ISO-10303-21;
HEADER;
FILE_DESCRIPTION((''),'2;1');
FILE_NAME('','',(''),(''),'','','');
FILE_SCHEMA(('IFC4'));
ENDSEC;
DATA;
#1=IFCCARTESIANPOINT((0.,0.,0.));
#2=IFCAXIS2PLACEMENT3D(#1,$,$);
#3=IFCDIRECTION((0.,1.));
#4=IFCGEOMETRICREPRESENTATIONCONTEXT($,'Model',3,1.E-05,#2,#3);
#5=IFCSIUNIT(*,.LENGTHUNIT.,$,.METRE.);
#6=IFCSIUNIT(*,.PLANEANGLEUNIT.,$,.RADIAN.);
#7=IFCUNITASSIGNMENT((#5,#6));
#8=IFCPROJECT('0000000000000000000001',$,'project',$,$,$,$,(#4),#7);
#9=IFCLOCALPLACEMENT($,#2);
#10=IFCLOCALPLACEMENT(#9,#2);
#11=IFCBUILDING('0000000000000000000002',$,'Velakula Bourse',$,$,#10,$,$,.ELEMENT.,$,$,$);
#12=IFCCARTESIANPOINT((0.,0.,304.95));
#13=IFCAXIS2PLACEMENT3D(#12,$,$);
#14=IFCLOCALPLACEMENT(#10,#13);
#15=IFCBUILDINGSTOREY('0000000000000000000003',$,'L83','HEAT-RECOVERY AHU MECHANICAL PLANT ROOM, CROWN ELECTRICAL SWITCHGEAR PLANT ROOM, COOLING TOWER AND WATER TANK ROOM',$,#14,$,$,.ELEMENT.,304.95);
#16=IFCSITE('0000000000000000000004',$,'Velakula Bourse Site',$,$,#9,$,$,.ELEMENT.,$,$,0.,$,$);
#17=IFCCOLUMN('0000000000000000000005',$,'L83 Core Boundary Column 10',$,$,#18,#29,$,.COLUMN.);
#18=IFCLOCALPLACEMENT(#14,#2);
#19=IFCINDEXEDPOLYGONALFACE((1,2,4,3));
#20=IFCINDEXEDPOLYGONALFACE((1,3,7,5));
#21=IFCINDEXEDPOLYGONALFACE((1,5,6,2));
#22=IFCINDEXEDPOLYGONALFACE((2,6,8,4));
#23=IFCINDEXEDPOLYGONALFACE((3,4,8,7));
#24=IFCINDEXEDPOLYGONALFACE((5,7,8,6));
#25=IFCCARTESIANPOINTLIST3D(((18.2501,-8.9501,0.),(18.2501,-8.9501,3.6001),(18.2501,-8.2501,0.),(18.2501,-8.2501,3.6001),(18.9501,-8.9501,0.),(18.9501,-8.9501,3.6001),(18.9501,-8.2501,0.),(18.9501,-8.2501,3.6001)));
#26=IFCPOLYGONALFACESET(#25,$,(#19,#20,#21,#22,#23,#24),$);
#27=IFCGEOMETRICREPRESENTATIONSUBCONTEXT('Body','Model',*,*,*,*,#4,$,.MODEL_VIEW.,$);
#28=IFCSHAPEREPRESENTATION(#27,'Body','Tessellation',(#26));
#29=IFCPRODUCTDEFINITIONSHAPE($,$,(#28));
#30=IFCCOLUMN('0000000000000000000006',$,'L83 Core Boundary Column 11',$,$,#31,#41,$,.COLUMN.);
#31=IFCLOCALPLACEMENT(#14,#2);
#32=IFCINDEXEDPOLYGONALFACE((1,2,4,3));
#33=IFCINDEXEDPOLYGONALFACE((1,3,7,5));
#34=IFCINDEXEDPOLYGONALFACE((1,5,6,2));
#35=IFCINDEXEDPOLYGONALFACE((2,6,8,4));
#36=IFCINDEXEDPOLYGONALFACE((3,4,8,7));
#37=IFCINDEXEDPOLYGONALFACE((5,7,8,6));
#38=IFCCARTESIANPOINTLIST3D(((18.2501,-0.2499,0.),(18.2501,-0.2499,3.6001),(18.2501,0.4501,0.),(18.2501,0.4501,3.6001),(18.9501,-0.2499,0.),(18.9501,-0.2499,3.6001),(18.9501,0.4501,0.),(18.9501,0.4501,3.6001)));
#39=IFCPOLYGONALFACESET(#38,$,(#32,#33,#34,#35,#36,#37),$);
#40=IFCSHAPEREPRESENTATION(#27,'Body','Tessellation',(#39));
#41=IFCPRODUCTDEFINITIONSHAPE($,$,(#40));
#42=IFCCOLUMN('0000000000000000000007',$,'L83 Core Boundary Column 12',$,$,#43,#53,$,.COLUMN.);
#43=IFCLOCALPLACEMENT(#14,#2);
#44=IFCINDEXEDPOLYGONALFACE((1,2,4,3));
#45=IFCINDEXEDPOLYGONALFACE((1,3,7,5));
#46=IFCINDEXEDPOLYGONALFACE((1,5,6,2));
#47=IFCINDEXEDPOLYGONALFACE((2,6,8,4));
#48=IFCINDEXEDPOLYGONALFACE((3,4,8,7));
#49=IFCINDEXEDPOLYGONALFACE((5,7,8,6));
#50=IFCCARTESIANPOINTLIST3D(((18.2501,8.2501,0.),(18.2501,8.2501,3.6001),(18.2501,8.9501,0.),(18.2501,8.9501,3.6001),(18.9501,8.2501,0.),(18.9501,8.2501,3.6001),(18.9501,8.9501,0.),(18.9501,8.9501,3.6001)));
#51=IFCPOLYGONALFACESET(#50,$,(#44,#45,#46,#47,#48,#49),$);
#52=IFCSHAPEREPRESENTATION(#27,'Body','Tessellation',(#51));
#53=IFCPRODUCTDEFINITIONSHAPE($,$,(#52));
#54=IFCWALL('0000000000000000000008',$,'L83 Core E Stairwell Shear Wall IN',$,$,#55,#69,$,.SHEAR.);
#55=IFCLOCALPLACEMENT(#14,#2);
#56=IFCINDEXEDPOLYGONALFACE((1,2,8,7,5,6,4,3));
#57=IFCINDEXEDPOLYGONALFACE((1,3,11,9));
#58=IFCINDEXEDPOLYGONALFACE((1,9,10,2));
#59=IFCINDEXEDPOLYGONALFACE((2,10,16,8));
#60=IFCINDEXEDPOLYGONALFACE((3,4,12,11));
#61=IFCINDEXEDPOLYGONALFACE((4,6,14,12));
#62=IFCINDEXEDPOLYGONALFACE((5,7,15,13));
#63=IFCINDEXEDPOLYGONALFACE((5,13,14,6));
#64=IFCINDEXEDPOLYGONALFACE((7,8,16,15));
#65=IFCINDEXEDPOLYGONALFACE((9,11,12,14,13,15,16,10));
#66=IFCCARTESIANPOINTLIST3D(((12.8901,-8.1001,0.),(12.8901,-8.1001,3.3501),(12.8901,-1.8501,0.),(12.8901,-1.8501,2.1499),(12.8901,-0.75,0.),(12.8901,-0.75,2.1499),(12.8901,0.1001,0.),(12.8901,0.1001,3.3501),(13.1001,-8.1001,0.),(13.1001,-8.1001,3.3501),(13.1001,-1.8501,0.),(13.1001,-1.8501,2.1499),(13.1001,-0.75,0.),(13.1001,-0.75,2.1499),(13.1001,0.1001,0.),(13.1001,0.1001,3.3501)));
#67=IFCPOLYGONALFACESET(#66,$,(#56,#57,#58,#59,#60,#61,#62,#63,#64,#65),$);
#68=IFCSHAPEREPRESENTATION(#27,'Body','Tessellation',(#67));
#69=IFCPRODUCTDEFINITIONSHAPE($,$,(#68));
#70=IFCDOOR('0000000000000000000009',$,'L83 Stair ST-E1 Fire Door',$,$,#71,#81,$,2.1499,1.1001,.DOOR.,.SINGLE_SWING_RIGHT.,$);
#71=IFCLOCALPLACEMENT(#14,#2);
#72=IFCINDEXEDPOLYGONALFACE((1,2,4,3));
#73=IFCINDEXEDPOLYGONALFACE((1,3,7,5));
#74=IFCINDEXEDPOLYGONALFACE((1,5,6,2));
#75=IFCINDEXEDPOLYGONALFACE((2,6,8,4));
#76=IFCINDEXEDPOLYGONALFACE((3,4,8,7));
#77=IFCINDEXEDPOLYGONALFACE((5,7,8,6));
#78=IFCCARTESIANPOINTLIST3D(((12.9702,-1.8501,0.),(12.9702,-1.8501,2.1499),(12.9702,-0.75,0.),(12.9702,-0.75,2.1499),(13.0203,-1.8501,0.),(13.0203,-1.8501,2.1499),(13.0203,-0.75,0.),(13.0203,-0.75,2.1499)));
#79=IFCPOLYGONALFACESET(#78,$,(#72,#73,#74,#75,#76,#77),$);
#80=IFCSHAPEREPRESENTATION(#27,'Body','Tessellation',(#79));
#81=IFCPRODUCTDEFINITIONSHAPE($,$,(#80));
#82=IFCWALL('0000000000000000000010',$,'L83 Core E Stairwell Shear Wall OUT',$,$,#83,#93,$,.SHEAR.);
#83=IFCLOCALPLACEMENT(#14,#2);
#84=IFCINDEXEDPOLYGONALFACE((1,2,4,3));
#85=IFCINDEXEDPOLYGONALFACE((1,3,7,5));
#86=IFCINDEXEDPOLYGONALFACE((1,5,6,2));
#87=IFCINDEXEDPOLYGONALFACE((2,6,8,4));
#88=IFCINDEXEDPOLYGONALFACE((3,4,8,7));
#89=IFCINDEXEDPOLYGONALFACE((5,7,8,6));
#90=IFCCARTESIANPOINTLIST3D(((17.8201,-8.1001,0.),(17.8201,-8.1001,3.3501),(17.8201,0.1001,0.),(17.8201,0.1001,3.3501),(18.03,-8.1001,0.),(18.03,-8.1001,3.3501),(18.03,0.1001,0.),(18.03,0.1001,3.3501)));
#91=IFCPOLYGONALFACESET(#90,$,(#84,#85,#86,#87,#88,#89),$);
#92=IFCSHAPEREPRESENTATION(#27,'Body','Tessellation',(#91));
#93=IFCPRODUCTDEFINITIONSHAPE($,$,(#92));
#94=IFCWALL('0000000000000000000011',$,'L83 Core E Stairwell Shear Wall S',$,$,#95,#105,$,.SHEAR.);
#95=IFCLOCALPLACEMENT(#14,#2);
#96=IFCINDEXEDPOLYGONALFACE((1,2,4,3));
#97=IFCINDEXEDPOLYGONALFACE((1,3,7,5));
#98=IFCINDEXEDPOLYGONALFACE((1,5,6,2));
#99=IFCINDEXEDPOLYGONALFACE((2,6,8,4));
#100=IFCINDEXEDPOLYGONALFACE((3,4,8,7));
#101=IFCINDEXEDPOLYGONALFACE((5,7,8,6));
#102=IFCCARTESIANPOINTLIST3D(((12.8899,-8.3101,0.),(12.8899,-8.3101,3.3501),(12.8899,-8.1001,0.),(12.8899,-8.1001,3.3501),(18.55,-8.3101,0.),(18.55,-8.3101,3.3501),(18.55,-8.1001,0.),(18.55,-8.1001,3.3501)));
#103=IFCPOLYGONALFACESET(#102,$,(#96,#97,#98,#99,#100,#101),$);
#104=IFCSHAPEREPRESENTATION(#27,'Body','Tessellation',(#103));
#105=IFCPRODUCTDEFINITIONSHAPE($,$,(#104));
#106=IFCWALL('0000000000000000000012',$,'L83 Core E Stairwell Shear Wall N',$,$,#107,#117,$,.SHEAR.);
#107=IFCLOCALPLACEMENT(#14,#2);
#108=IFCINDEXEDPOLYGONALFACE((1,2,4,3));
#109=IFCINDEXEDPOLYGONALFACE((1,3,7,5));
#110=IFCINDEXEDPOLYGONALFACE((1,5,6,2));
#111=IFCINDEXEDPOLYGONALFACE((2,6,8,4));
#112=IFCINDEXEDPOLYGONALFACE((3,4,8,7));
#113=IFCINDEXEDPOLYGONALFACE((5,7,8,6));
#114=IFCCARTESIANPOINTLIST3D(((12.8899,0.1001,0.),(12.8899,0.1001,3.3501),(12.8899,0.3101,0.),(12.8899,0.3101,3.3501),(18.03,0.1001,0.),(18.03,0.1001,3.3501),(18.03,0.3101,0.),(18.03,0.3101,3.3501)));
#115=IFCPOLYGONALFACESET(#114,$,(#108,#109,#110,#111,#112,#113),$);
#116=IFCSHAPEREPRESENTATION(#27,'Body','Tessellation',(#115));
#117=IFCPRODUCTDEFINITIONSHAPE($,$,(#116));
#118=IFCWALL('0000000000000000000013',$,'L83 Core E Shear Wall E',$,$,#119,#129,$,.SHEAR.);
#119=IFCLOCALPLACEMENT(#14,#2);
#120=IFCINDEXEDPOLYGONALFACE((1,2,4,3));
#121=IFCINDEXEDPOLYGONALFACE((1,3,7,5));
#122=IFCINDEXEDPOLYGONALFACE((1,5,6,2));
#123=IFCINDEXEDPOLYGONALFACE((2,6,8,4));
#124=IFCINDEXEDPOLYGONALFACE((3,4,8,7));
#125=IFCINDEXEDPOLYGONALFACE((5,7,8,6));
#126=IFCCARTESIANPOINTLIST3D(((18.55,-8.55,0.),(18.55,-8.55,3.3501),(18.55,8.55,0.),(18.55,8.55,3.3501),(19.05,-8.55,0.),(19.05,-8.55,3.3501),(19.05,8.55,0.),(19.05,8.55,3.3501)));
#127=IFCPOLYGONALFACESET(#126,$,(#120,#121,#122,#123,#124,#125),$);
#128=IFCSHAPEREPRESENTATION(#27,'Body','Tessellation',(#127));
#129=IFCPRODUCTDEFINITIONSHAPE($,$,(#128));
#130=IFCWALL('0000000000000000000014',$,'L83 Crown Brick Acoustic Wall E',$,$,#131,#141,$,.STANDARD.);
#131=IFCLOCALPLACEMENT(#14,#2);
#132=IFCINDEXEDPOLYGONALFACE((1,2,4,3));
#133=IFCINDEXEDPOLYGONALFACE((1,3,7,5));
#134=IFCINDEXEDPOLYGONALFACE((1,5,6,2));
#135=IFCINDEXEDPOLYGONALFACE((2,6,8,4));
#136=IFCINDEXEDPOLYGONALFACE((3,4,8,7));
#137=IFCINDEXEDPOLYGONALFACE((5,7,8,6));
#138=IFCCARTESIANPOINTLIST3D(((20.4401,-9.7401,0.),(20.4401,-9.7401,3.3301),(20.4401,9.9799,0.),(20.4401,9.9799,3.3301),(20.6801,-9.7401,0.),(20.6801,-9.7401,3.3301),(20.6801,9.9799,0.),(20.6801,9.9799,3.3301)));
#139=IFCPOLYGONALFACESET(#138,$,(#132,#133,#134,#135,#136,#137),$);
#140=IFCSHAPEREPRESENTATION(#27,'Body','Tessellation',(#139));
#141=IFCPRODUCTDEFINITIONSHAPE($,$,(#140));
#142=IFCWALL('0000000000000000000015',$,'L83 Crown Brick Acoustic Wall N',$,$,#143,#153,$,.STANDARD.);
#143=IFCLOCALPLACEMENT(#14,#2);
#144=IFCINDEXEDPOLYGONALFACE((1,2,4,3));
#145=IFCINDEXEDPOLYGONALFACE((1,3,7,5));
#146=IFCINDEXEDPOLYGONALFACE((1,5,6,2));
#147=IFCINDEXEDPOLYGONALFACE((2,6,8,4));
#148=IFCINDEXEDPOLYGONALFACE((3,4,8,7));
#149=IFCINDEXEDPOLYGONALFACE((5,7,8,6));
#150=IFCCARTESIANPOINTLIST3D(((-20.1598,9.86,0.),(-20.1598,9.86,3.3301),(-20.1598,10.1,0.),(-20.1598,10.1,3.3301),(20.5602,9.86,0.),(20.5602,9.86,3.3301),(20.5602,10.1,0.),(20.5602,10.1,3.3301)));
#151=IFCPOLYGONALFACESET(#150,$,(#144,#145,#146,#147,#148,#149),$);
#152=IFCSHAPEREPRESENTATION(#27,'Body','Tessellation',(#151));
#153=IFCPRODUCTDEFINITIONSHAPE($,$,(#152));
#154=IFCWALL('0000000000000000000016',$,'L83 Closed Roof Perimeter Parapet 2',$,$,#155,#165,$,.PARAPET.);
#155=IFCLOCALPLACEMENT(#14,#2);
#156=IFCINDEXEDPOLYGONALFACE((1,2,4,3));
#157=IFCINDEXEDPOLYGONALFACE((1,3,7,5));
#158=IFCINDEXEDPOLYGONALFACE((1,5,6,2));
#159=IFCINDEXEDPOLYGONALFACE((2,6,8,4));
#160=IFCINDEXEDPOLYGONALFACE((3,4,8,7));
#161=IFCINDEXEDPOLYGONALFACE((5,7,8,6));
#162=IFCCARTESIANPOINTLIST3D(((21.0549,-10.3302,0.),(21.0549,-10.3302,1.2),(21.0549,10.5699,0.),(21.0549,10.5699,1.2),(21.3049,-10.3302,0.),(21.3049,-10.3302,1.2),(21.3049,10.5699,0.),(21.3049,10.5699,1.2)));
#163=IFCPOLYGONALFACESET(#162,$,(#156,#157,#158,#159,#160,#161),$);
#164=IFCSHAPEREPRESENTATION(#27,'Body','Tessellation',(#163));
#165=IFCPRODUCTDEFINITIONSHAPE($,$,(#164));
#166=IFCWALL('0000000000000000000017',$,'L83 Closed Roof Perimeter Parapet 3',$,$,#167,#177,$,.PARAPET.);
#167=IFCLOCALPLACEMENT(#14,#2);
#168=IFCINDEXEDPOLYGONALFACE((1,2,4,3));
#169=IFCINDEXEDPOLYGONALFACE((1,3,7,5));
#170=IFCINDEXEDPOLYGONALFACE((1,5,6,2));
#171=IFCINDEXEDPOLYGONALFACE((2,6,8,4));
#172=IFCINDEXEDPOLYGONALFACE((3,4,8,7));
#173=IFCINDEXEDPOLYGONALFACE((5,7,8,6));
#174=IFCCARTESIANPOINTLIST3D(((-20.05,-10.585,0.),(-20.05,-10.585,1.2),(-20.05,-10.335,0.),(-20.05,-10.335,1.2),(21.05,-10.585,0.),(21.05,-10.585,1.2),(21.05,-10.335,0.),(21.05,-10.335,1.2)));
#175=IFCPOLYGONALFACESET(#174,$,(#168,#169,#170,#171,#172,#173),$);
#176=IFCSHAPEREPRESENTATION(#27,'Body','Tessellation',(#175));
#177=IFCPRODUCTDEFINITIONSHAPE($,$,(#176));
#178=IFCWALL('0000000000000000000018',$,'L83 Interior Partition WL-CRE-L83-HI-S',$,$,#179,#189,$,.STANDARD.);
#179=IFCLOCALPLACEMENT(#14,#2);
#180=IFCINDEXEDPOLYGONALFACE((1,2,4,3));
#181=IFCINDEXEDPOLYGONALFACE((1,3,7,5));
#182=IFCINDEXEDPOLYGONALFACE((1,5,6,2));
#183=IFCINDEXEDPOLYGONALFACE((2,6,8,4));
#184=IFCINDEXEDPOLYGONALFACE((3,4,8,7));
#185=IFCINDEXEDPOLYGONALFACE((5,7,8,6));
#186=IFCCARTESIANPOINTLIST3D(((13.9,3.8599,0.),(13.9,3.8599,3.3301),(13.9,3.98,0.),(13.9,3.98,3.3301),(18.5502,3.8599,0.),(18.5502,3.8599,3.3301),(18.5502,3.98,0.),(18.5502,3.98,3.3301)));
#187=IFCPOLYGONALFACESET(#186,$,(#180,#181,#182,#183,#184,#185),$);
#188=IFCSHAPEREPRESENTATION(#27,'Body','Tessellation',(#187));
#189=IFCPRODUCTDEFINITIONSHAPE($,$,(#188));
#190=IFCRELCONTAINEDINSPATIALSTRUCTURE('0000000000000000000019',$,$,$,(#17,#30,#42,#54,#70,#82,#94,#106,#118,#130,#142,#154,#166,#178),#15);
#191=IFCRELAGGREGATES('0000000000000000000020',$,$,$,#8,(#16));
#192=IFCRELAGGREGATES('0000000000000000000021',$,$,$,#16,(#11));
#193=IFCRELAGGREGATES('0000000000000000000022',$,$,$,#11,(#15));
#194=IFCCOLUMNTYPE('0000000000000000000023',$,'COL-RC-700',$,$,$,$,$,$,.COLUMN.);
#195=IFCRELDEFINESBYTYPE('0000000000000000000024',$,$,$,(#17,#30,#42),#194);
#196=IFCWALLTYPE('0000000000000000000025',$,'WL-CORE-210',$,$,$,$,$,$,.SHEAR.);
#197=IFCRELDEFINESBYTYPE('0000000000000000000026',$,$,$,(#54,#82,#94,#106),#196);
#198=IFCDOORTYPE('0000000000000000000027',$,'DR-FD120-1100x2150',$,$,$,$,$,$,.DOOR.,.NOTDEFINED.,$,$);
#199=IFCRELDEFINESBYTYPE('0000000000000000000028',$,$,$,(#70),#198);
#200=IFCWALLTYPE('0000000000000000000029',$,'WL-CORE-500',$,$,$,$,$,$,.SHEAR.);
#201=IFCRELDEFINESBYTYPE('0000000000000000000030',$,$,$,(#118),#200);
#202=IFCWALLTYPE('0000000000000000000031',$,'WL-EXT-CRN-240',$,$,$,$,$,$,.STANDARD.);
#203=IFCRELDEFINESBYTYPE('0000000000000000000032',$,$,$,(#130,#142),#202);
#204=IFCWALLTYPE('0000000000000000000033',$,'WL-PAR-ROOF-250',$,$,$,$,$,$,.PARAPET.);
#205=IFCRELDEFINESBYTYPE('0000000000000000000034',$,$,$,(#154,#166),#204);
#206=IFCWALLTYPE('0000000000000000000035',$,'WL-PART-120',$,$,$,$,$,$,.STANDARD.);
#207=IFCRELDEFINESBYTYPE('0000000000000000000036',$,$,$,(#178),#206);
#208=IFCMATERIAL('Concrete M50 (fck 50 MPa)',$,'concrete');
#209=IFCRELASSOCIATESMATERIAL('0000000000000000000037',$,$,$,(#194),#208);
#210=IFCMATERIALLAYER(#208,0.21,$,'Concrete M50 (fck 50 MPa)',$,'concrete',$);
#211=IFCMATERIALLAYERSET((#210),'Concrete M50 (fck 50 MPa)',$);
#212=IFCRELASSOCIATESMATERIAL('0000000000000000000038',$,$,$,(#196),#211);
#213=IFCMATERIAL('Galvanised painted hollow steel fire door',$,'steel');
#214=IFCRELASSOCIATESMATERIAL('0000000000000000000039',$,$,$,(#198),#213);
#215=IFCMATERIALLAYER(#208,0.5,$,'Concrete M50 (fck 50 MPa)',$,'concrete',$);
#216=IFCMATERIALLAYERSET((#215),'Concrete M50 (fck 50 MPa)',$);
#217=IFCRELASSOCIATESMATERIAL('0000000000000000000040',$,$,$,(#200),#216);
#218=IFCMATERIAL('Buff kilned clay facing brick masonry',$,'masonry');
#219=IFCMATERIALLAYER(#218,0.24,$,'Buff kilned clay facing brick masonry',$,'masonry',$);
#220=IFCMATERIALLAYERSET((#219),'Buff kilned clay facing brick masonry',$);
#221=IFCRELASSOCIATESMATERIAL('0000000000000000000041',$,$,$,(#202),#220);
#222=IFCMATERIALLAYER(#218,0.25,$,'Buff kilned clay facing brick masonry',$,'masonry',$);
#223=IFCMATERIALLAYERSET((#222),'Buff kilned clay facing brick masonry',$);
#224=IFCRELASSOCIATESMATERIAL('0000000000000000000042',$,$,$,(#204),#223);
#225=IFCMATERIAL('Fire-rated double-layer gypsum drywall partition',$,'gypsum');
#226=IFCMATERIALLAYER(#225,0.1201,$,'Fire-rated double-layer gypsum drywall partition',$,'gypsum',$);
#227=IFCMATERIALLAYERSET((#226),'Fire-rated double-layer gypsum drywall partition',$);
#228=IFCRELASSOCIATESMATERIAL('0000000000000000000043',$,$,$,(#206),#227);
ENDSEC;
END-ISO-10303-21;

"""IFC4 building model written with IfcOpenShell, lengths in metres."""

from ifc_helpers import new_model, si_unit, direction, frame, frame_2d, origin, origin_2d, place, context, subcontext, project, spatial, rectangle, extrude, material, layer, layer_set, material_profile, profile_set, type_object, element, fill, save


model = new_model("IFC4")

# Units and contexts
model_context = context("Model", 3, precision=1e-05, world=origin(), true_north=direction((0.0, 1.0)))
body_context = subcontext(model_context, "Body", "Model", "MODEL_VIEW")
ifc_project = project(units=[si_unit("LENGTHUNIT", "METRE"), si_unit("PLANEANGLEUNIT", "RADIAN")], contexts=[model_context])

# Site, building, storey
site_placement = place(None, origin())
site = spatial("IfcSite", under=ifc_project, at=site_placement, Name="Velakula Bourse Site", CompositionType="ELEMENT", RefElevation=0.0)
building_placement = place(site_placement, origin())
building = spatial("IfcBuilding", under=site, at=building_placement, Name="Velakula Bourse", CompositionType="ELEMENT")
storey_placement = place(building_placement, frame((0.0, 0.0, 304.95)))
storey = spatial("IfcBuildingStorey", under=building, at=storey_placement, Name="L83", Description="HEAT-RECOVERY AHU MECHANICAL PLANT ROOM, CROWN ELECTRICAL SWITCHGEAR PLANT ROOM, COOLING TOWER AND WATER TANK ROOM", CompositionType="ELEMENT", Elevation=304.95)

# Columns
ifc_material_1 = material(Name="Concrete M50 (fck 50 MPa)", Category="concrete")
ifc_material_profile = material_profile(ifc_material_1, rectangle(XDim=0.7, YDim=0.7, at=origin_2d()), Name="Concrete M50 (fck 50 MPa)")
ifc_profile_set = profile_set([ifc_material_profile], Name="Concrete M50 (fck 50 MPa)")
column_type = type_object("IfcColumnType", Name="COL-RC-700", PredefinedType="COLUMN", material=ifc_profile_set)
for number, where, z_axis, x_axis, name in (
    (1, (18.6001, -8.6001, 0.0), (0.0, 0.0, 1.0), (1.0, 0.0, 0.0), "L83 Core Boundary Column 10"),
    (2, (18.6001, 0.1001, 0.0), (0.0, 0.0, 1.0), (1.0, 0.0, 0.0), "L83 Core Boundary Column 11"),
    (3, (18.6001, 8.6001, 0.0), (0.0, 0.0, 1.0), (1.0, 0.0, 0.0), "L83 Core Boundary Column 12"),
):
    element("IfcColumn", number, at=place(storey_placement, frame(where, z_axis=z_axis, x_axis=x_axis)), inside=storey, type_object=column_type, Name=name, PredefinedType="COLUMN", context=body_context, shape_type="SweptSolid", body=[
        extrude(rectangle(XDim=0.7, YDim=0.7, at=origin_2d()), origin(), (0.0, 0.0, 1.0), 3.6001),
    ])

# Wall, opening, door
ifc_layer_1 = layer(ifc_material_1, 0.21, Name="Concrete M50 (fck 50 MPa)", Category="concrete")
ifc_layer_set_1 = layer_set([ifc_layer_1], Name="Concrete M50 (fck 50 MPa)")
wall_type_1 = type_object("IfcWallType", Name="WL-CORE-210", PredefinedType="SHEAR", material=ifc_layer_set_1)
wall_1_placement = place(storey_placement, frame((12.9951, -8.1001, 0.0), z_axis=(0.0, 0.0, 1.0), x_axis=(0.0, 1.0, 0.0)))
wall_1 = element("IfcWall", 4, at=wall_1_placement, inside=storey, type_object=wall_type_1, Name="L83 Core E Stairwell Shear Wall IN", PredefinedType="SHEAR", context=body_context, shape_type="SweptSolid", body=[
    extrude(rectangle(XDim=8.2002, YDim=0.21, at=frame_2d((4.1001, 0.0))), origin(), (0.0, 0.0, 1.0), 3.3501),
])
opening_1_placement = place(wall_1_placement, frame((6.25, 0.0, 0.0)))
opening_1 = element("IfcOpeningElement", 5, at=opening_1_placement, cuts=wall_1, PredefinedType="OPENING", context=body_context, shape_type="SweptSolid", body=[
    extrude(rectangle(XDim=1.1001, YDim=2.1499, at=frame_2d((0.55, 1.075))), frame((0.0, 0.115, 0.0), z_axis=(0.0, -1.0, 0.0), x_axis=(1.0, 0.0, 0.0)), (0.0, 0.0, 1.0), 0.23),
])
ifc_material_2 = material(Name="Galvanised painted hollow steel fire door", Category="steel")
door_type_1 = type_object("IfcDoorType", Name="DR-FD120-1100x2150", OperationType="NOTDEFINED", PredefinedType="DOOR", material=ifc_material_2)
door_1_placement = place(opening_1_placement, origin())
door_1 = element("IfcDoor", 6, at=door_1_placement, inside=storey, type_object=door_type_1, Name="L83 Stair ST-E1 Fire Door", OperationType="SINGLE_SWING_RIGHT", OverallHeight=2.1499, OverallWidth=1.1001, PredefinedType="DOOR", context=body_context, shape_type="SweptSolid", body=[
    extrude(rectangle(XDim=1.1001, YDim=2.1499, at=frame_2d((0.55, 1.075))), frame((0.0, 0.0249, 0.0), z_axis=(0.0, -1.0, 0.0), x_axis=(1.0, 0.0, 0.0)), (0.0, 0.0, 1.0), 0.05),
])
fill(opening_1, door_1)

# Walls
wall_2_placement = place(storey_placement, frame((17.925, -8.1001, 0.0), z_axis=(0.0, 0.0, 1.0), x_axis=(0.0, 1.0, 0.0)))
element("IfcWall", 7, at=wall_2_placement, inside=storey, type_object=wall_type_1, Name="L83 Core E Stairwell Shear Wall OUT", PredefinedType="SHEAR", context=body_context, shape_type="SweptSolid", body=[
    extrude(rectangle(XDim=8.2002, YDim=0.21, at=frame_2d((4.1001, 0.0))), origin(), (0.0, 0.0, 1.0), 3.3501),
])
wall_3_placement = place(storey_placement, frame((12.8899, -8.2051, 0.0), z_axis=(0.0, 0.0, 1.0), x_axis=(1.0, 0.0, 0.0)))
element("IfcWall", 8, at=wall_3_placement, inside=storey, type_object=wall_type_1, Name="L83 Core E Stairwell Shear Wall S", PredefinedType="SHEAR", context=body_context, shape_type="SweptSolid", body=[
    extrude(rectangle(XDim=5.6602, YDim=0.21, at=frame_2d((2.8301, 0.0))), origin(), (0.0, 0.0, 1.0), 3.3501),
])
wall_4_placement = place(storey_placement, frame((18.03, 0.2051, 0.0), z_axis=(0.0, 0.0, 1.0), x_axis=(-1.0, 0.0, 0.0)))
element("IfcWall", 9, at=wall_4_placement, inside=storey, type_object=wall_type_1, Name="L83 Core E Stairwell Shear Wall N", PredefinedType="SHEAR", context=body_context, shape_type="SweptSolid", body=[
    extrude(rectangle(XDim=5.1401, YDim=0.21, at=frame_2d((2.5701, 0.0))), origin(), (0.0, 0.0, 1.0), 3.3501),
])
ifc_layer_2 = layer(ifc_material_1, 0.5, Name="Concrete M50 (fck 50 MPa)", Category="concrete")
ifc_layer_set_2 = layer_set([ifc_layer_2], Name="Concrete M50 (fck 50 MPa)")
wall_type_2 = type_object("IfcWallType", Name="WL-CORE-500", PredefinedType="SHEAR", material=ifc_layer_set_2)
wall_5_placement = place(storey_placement, frame((18.8, -8.55, 0.0), z_axis=(0.0, 0.0, 1.0), x_axis=(0.0, 1.0, 0.0)))
element("IfcWall", 10, at=wall_5_placement, inside=storey, type_object=wall_type_2, Name="L83 Core E Shear Wall E", PredefinedType="SHEAR", context=body_context, shape_type="SweptSolid", body=[
    extrude(rectangle(XDim=17.1001, YDim=0.5, at=frame_2d((8.55, 0.0))), origin(), (0.0, 0.0, 1.0), 3.3501),
])
ifc_material_3 = material(Name="Buff kilned clay facing brick masonry", Category="masonry")
ifc_layer_3 = layer(ifc_material_3, 0.24, Name="Buff kilned clay facing brick masonry", Category="masonry")
ifc_layer_set_3 = layer_set([ifc_layer_3], Name="Buff kilned clay facing brick masonry")
wall_type_3 = type_object("IfcWallType", Name="WL-EXT-CRN-240", PredefinedType="STANDARD", material=ifc_layer_set_3)
wall_6_placement = place(storey_placement, frame((20.5601, -9.74, 0.0), z_axis=(0.0, 0.0, 1.0), x_axis=(0.0, 1.0, 0.0)))
element("IfcWall", 11, at=wall_6_placement, inside=storey, type_object=wall_type_3, Name="L83 Crown Brick Acoustic Wall E", PredefinedType="STANDARD", context=body_context, shape_type="SweptSolid", body=[
    extrude(rectangle(XDim=19.72, YDim=0.24, at=frame_2d((9.8599, 0.0))), origin(), (0.0, 0.0, 1.0), 3.3301),
])
wall_7_placement = place(storey_placement, frame((20.5601, 9.98, 0.0), z_axis=(0.0, 0.0, 1.0), x_axis=(-1.0, 0.0, 0.0)))
element("IfcWall", 12, at=wall_7_placement, inside=storey, type_object=wall_type_3, Name="L83 Crown Brick Acoustic Wall N", PredefinedType="STANDARD", context=body_context, shape_type="SweptSolid", body=[
    extrude(rectangle(XDim=40.72, YDim=0.24, at=frame_2d((20.3599, 0.0))), origin(), (0.0, 0.0, 1.0), 3.3301),
])
ifc_layer_4 = layer(ifc_material_3, 0.25, Name="Buff kilned clay facing brick masonry", Category="masonry")
ifc_layer_set_4 = layer_set([ifc_layer_4], Name="Buff kilned clay facing brick masonry")
wall_type_4 = type_object("IfcWallType", Name="WL-PAR-ROOF-250", PredefinedType="PARAPET", material=ifc_layer_set_4)
wall_8_placement = place(storey_placement, frame((21.1799, 10.5701, 0.0), z_axis=(0.0, 0.0, 1.0), x_axis=(0.0, -1.0, 0.0)))
element("IfcWall", 13, at=wall_8_placement, inside=storey, type_object=wall_type_4, Name="L83 Closed Roof Perimeter Parapet 2", PredefinedType="PARAPET", context=body_context, shape_type="SweptSolid", body=[
    extrude(rectangle(XDim=20.9001, YDim=0.25, at=frame_2d((10.4502, 0.0))), origin(), (0.0, 0.0, 1.0), 1.2),
])
wall_9_placement = place(storey_placement, frame((21.05, -10.46, 0.0), z_axis=(0.0, 0.0, 1.0), x_axis=(-1.0, 0.0, 0.0)))
element("IfcWall", 14, at=wall_9_placement, inside=storey, type_object=wall_type_4, Name="L83 Closed Roof Perimeter Parapet 3", PredefinedType="PARAPET", context=body_context, shape_type="SweptSolid", body=[
    extrude(rectangle(XDim=41.1001, YDim=0.25, at=frame_2d((20.55, 0.0))), origin(), (0.0, 0.0, 1.0), 1.2),
])
ifc_material_4 = material(Name="Fire-rated double-layer gypsum drywall partition", Category="gypsum")
ifc_layer_5 = layer(ifc_material_4, 0.1201, Name="Fire-rated double-layer gypsum drywall partition", Category="gypsum")
ifc_layer_set_5 = layer_set([ifc_layer_5], Name="Fire-rated double-layer gypsum drywall partition")
wall_type_5 = type_object("IfcWallType", Name="WL-PART-120", PredefinedType="STANDARD", material=ifc_layer_set_5)
wall_10_placement = place(storey_placement, frame((13.8999, 3.9199, 0.0), z_axis=(0.0, 0.0, 1.0), x_axis=(1.0, 0.0, 0.0)))
element("IfcWall", 15, at=wall_10_placement, inside=storey, type_object=wall_type_5, Name="L83 Interior Partition WL-CRE-L83-HI-S", PredefinedType="STANDARD", context=body_context, shape_type="SweptSolid", body=[
    extrude(rectangle(XDim=4.6501, YDim=0.1201, at=frame_2d((2.3252, 0.0))), origin(), (0.0, 0.0, 1.0), 3.3301),
])

save(model, "model.ifc")
